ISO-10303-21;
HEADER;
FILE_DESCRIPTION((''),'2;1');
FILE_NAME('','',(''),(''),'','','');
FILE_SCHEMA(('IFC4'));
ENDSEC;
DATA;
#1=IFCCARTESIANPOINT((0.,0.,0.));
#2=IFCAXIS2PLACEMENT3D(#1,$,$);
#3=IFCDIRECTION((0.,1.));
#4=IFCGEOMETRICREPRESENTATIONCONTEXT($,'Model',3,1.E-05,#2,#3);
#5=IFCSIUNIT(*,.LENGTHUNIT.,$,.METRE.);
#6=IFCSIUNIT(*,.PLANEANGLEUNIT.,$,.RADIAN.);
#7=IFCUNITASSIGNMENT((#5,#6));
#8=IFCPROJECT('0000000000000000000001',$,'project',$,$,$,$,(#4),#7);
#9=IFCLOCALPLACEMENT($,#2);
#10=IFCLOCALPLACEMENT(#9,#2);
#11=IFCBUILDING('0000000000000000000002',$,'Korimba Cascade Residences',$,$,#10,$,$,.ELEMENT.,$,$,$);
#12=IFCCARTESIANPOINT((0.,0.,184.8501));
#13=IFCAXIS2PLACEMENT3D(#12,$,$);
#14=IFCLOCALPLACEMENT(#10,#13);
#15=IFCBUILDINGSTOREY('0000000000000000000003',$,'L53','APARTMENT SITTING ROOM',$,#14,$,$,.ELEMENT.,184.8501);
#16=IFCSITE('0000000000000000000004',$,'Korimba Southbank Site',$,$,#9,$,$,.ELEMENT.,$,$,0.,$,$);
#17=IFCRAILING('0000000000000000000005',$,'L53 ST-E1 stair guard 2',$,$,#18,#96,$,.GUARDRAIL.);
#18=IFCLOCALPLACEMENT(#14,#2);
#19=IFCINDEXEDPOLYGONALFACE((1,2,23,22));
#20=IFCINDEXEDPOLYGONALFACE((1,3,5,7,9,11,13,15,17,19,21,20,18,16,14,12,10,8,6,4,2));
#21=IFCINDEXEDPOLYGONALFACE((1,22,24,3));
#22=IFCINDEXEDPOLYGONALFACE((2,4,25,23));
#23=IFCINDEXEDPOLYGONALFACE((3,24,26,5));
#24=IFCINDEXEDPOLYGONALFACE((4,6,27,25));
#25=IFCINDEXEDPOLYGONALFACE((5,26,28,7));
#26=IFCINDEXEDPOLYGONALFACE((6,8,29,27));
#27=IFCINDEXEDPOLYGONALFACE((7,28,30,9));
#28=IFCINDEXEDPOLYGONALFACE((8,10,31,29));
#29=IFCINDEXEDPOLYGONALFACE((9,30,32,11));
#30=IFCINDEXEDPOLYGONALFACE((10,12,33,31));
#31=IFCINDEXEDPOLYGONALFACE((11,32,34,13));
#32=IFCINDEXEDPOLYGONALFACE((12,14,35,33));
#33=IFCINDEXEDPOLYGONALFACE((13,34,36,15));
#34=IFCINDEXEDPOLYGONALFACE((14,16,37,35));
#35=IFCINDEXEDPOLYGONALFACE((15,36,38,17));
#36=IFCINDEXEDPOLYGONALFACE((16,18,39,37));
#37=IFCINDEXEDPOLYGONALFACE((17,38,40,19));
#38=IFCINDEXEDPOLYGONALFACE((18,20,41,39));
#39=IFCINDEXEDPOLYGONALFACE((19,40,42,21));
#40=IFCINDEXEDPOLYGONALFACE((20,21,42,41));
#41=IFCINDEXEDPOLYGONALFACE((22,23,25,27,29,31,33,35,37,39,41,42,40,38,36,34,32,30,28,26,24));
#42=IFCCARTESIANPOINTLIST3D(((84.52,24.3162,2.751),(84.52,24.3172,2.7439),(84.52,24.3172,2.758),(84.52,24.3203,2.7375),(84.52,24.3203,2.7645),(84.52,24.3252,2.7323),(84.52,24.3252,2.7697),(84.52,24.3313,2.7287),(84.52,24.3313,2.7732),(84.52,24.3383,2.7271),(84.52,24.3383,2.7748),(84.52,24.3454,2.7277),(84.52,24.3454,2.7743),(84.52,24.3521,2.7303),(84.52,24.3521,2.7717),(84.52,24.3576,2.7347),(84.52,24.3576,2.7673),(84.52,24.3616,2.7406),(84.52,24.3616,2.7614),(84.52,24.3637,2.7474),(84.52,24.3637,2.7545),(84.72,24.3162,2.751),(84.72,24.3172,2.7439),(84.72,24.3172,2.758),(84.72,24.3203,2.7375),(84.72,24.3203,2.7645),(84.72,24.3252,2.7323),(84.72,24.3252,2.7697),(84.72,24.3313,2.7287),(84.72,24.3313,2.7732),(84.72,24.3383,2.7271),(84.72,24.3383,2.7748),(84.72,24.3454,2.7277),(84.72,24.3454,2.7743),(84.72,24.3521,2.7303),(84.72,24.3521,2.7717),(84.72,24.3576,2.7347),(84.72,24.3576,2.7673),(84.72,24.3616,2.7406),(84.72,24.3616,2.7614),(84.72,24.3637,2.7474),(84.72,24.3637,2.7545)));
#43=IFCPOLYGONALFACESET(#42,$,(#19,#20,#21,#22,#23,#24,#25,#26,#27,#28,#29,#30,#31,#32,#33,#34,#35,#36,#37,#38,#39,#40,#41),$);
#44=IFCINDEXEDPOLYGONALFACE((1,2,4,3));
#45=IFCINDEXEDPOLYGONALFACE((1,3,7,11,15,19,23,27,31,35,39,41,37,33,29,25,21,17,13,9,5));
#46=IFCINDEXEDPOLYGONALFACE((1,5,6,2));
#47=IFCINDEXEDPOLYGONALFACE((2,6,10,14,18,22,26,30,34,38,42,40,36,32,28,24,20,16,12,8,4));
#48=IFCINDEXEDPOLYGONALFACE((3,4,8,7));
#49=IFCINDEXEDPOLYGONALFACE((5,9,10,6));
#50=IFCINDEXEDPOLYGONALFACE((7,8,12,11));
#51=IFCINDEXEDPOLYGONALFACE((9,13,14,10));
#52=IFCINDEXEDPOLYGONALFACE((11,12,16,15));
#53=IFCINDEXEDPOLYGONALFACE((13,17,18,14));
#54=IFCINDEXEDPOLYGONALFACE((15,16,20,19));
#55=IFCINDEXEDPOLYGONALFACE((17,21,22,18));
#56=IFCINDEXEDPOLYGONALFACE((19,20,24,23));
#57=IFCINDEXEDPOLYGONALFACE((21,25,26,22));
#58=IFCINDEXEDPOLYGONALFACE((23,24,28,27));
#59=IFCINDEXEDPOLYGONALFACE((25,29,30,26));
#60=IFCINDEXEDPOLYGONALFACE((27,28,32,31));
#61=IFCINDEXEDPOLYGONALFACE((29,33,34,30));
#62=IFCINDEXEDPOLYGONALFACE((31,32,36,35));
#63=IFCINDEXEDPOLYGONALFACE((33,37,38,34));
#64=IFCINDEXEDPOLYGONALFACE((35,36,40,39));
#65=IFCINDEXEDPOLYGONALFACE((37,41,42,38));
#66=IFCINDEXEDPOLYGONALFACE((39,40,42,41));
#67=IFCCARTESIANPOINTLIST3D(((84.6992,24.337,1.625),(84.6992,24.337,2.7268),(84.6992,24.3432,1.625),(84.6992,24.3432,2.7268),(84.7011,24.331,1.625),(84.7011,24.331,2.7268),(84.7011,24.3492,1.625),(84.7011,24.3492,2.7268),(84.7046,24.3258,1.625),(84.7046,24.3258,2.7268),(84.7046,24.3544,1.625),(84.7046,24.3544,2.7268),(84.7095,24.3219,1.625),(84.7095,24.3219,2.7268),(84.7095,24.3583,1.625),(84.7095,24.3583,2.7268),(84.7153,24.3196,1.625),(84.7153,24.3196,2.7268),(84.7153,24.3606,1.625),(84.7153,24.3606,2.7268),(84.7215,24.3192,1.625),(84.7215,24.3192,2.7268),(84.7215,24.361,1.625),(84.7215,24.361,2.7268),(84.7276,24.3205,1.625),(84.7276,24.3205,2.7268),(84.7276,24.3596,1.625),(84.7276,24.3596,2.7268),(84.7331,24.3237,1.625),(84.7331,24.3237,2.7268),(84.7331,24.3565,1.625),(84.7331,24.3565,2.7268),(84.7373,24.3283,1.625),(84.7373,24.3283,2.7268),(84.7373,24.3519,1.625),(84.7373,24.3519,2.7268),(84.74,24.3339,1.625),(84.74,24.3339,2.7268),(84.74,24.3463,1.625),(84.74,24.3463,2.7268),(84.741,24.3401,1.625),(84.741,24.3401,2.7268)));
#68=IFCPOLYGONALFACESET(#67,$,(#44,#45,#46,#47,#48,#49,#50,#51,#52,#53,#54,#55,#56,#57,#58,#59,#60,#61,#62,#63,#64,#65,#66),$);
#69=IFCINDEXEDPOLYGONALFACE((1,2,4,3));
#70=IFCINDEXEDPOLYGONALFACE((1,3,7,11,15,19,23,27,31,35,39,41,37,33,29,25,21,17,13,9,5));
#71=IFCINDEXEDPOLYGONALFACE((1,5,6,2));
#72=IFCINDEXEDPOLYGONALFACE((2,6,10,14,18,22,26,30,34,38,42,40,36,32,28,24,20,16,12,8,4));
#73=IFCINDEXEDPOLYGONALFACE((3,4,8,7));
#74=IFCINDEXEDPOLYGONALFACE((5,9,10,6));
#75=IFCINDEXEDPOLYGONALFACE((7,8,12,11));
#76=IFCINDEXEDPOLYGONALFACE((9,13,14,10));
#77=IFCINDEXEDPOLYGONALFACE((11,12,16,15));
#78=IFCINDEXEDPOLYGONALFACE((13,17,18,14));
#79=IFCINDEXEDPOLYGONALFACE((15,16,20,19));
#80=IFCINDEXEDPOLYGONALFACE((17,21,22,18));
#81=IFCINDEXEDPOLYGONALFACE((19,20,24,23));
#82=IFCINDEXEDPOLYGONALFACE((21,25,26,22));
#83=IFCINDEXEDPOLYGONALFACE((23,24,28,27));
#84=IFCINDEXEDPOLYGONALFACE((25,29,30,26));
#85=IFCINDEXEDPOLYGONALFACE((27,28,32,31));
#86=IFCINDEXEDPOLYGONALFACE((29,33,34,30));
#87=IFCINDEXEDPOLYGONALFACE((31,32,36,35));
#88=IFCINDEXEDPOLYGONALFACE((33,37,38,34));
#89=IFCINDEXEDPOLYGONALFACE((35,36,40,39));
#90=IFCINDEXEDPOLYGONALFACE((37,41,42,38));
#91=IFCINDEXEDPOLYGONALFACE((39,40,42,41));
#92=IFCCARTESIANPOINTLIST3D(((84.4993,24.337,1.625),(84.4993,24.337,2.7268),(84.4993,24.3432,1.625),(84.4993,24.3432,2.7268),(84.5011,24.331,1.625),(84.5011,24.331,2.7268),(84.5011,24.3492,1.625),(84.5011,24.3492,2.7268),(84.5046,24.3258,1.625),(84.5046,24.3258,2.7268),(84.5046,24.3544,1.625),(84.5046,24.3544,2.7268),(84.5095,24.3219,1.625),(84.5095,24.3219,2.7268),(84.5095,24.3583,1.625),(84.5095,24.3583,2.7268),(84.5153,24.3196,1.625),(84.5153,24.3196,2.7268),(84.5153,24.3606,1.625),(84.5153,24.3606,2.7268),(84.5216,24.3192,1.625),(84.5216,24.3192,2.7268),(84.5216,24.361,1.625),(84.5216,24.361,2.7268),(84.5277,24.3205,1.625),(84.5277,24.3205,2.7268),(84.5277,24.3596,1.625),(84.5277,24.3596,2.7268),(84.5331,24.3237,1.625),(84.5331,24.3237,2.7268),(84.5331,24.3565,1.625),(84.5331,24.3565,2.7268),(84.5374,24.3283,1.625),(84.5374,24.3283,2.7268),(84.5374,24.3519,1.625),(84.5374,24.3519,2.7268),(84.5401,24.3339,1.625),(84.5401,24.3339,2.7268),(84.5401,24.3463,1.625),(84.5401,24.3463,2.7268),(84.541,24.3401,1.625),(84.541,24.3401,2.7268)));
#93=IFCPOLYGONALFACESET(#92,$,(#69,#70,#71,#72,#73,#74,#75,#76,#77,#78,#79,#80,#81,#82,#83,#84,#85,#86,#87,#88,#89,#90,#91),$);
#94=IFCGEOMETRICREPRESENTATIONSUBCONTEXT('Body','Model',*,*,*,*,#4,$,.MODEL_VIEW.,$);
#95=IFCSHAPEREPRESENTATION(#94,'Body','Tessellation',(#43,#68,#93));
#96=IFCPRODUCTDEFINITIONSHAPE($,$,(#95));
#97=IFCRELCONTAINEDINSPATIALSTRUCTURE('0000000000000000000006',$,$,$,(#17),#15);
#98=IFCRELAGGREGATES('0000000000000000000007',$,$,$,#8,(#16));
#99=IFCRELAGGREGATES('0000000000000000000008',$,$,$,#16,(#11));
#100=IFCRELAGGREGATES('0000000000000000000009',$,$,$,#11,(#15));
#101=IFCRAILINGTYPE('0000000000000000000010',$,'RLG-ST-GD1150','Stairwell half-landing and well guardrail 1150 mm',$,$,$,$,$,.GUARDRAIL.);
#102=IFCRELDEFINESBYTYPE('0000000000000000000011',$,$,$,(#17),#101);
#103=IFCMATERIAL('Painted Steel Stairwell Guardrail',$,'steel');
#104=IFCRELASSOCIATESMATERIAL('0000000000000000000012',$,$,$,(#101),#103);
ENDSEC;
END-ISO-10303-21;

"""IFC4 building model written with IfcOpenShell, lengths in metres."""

from ifc_helpers import new_model, si_unit, direction, frame, origin, origin_2d, place, context, subcontext, project, spatial, circle, extrude, material, type_object, element, save


model = new_model("IFC4")

# Units and contexts
model_context = context("Model", 3, precision=1e-05, world=origin(), true_north=direction((0.0, 1.0)))
body_context = subcontext(model_context, "Body", "Model", "MODEL_VIEW")
ifc_project = project(units=[si_unit("LENGTHUNIT", "METRE"), si_unit("PLANEANGLEUNIT", "RADIAN")], contexts=[model_context])

# Site, building, storey
site_placement = place(None, origin())
site = spatial("IfcSite", under=ifc_project, at=site_placement, Name="Korimba Southbank Site", CompositionType="ELEMENT", RefElevation=0.0)
building_placement = place(site_placement, origin())
building = spatial("IfcBuilding", under=site, at=building_placement, Name="Korimba Cascade Residences", CompositionType="ELEMENT")
storey_placement = place(building_placement, frame((0.0, 0.0, 184.8501)))
storey = spatial("IfcBuildingStorey", under=building, at=storey_placement, Name="L53", Description="APARTMENT SITTING ROOM", CompositionType="ELEMENT", Elevation=184.8501)

# Railing
ifc_material_1 = material(Name="Painted Steel Stairwell Guardrail", Category="steel")
railing_type_1 = type_object("IfcRailingType", Name="RLG-ST-GD1150", Description="Stairwell half-landing and well guardrail 1150 mm", PredefinedType="GUARDRAIL", material=ifc_material_1)
railing_1_placement = place(storey_placement, frame((84.72, 24.3401, 1.625)))
element("IfcRailing", 1, at=railing_1_placement, inside=storey, type_object=railing_type_1, Name="L53 ST-E1 stair guard 2", PredefinedType="GUARDRAIL", context=body_context, shape_type="SweptSolid", body=[
    extrude(circle(Radius=0.0239, at=origin_2d()), frame((0.0, 0.0, 1.126), z_axis=(-1.0, 0.0, 0.0), x_axis=(0.0, -1.0, 0.0)), (0.0, 0.0, 1.0), 0.2),
    extrude(circle(Radius=0.021, at=origin_2d()), origin(), (0.0, 0.0, 1.0), 1.1018),
    extrude(circle(Radius=0.021, at=origin_2d()), frame((-0.2, 0.0, 0.0)), (0.0, 0.0, 1.0), 1.1018),
])

save(model, "model.ifc")
